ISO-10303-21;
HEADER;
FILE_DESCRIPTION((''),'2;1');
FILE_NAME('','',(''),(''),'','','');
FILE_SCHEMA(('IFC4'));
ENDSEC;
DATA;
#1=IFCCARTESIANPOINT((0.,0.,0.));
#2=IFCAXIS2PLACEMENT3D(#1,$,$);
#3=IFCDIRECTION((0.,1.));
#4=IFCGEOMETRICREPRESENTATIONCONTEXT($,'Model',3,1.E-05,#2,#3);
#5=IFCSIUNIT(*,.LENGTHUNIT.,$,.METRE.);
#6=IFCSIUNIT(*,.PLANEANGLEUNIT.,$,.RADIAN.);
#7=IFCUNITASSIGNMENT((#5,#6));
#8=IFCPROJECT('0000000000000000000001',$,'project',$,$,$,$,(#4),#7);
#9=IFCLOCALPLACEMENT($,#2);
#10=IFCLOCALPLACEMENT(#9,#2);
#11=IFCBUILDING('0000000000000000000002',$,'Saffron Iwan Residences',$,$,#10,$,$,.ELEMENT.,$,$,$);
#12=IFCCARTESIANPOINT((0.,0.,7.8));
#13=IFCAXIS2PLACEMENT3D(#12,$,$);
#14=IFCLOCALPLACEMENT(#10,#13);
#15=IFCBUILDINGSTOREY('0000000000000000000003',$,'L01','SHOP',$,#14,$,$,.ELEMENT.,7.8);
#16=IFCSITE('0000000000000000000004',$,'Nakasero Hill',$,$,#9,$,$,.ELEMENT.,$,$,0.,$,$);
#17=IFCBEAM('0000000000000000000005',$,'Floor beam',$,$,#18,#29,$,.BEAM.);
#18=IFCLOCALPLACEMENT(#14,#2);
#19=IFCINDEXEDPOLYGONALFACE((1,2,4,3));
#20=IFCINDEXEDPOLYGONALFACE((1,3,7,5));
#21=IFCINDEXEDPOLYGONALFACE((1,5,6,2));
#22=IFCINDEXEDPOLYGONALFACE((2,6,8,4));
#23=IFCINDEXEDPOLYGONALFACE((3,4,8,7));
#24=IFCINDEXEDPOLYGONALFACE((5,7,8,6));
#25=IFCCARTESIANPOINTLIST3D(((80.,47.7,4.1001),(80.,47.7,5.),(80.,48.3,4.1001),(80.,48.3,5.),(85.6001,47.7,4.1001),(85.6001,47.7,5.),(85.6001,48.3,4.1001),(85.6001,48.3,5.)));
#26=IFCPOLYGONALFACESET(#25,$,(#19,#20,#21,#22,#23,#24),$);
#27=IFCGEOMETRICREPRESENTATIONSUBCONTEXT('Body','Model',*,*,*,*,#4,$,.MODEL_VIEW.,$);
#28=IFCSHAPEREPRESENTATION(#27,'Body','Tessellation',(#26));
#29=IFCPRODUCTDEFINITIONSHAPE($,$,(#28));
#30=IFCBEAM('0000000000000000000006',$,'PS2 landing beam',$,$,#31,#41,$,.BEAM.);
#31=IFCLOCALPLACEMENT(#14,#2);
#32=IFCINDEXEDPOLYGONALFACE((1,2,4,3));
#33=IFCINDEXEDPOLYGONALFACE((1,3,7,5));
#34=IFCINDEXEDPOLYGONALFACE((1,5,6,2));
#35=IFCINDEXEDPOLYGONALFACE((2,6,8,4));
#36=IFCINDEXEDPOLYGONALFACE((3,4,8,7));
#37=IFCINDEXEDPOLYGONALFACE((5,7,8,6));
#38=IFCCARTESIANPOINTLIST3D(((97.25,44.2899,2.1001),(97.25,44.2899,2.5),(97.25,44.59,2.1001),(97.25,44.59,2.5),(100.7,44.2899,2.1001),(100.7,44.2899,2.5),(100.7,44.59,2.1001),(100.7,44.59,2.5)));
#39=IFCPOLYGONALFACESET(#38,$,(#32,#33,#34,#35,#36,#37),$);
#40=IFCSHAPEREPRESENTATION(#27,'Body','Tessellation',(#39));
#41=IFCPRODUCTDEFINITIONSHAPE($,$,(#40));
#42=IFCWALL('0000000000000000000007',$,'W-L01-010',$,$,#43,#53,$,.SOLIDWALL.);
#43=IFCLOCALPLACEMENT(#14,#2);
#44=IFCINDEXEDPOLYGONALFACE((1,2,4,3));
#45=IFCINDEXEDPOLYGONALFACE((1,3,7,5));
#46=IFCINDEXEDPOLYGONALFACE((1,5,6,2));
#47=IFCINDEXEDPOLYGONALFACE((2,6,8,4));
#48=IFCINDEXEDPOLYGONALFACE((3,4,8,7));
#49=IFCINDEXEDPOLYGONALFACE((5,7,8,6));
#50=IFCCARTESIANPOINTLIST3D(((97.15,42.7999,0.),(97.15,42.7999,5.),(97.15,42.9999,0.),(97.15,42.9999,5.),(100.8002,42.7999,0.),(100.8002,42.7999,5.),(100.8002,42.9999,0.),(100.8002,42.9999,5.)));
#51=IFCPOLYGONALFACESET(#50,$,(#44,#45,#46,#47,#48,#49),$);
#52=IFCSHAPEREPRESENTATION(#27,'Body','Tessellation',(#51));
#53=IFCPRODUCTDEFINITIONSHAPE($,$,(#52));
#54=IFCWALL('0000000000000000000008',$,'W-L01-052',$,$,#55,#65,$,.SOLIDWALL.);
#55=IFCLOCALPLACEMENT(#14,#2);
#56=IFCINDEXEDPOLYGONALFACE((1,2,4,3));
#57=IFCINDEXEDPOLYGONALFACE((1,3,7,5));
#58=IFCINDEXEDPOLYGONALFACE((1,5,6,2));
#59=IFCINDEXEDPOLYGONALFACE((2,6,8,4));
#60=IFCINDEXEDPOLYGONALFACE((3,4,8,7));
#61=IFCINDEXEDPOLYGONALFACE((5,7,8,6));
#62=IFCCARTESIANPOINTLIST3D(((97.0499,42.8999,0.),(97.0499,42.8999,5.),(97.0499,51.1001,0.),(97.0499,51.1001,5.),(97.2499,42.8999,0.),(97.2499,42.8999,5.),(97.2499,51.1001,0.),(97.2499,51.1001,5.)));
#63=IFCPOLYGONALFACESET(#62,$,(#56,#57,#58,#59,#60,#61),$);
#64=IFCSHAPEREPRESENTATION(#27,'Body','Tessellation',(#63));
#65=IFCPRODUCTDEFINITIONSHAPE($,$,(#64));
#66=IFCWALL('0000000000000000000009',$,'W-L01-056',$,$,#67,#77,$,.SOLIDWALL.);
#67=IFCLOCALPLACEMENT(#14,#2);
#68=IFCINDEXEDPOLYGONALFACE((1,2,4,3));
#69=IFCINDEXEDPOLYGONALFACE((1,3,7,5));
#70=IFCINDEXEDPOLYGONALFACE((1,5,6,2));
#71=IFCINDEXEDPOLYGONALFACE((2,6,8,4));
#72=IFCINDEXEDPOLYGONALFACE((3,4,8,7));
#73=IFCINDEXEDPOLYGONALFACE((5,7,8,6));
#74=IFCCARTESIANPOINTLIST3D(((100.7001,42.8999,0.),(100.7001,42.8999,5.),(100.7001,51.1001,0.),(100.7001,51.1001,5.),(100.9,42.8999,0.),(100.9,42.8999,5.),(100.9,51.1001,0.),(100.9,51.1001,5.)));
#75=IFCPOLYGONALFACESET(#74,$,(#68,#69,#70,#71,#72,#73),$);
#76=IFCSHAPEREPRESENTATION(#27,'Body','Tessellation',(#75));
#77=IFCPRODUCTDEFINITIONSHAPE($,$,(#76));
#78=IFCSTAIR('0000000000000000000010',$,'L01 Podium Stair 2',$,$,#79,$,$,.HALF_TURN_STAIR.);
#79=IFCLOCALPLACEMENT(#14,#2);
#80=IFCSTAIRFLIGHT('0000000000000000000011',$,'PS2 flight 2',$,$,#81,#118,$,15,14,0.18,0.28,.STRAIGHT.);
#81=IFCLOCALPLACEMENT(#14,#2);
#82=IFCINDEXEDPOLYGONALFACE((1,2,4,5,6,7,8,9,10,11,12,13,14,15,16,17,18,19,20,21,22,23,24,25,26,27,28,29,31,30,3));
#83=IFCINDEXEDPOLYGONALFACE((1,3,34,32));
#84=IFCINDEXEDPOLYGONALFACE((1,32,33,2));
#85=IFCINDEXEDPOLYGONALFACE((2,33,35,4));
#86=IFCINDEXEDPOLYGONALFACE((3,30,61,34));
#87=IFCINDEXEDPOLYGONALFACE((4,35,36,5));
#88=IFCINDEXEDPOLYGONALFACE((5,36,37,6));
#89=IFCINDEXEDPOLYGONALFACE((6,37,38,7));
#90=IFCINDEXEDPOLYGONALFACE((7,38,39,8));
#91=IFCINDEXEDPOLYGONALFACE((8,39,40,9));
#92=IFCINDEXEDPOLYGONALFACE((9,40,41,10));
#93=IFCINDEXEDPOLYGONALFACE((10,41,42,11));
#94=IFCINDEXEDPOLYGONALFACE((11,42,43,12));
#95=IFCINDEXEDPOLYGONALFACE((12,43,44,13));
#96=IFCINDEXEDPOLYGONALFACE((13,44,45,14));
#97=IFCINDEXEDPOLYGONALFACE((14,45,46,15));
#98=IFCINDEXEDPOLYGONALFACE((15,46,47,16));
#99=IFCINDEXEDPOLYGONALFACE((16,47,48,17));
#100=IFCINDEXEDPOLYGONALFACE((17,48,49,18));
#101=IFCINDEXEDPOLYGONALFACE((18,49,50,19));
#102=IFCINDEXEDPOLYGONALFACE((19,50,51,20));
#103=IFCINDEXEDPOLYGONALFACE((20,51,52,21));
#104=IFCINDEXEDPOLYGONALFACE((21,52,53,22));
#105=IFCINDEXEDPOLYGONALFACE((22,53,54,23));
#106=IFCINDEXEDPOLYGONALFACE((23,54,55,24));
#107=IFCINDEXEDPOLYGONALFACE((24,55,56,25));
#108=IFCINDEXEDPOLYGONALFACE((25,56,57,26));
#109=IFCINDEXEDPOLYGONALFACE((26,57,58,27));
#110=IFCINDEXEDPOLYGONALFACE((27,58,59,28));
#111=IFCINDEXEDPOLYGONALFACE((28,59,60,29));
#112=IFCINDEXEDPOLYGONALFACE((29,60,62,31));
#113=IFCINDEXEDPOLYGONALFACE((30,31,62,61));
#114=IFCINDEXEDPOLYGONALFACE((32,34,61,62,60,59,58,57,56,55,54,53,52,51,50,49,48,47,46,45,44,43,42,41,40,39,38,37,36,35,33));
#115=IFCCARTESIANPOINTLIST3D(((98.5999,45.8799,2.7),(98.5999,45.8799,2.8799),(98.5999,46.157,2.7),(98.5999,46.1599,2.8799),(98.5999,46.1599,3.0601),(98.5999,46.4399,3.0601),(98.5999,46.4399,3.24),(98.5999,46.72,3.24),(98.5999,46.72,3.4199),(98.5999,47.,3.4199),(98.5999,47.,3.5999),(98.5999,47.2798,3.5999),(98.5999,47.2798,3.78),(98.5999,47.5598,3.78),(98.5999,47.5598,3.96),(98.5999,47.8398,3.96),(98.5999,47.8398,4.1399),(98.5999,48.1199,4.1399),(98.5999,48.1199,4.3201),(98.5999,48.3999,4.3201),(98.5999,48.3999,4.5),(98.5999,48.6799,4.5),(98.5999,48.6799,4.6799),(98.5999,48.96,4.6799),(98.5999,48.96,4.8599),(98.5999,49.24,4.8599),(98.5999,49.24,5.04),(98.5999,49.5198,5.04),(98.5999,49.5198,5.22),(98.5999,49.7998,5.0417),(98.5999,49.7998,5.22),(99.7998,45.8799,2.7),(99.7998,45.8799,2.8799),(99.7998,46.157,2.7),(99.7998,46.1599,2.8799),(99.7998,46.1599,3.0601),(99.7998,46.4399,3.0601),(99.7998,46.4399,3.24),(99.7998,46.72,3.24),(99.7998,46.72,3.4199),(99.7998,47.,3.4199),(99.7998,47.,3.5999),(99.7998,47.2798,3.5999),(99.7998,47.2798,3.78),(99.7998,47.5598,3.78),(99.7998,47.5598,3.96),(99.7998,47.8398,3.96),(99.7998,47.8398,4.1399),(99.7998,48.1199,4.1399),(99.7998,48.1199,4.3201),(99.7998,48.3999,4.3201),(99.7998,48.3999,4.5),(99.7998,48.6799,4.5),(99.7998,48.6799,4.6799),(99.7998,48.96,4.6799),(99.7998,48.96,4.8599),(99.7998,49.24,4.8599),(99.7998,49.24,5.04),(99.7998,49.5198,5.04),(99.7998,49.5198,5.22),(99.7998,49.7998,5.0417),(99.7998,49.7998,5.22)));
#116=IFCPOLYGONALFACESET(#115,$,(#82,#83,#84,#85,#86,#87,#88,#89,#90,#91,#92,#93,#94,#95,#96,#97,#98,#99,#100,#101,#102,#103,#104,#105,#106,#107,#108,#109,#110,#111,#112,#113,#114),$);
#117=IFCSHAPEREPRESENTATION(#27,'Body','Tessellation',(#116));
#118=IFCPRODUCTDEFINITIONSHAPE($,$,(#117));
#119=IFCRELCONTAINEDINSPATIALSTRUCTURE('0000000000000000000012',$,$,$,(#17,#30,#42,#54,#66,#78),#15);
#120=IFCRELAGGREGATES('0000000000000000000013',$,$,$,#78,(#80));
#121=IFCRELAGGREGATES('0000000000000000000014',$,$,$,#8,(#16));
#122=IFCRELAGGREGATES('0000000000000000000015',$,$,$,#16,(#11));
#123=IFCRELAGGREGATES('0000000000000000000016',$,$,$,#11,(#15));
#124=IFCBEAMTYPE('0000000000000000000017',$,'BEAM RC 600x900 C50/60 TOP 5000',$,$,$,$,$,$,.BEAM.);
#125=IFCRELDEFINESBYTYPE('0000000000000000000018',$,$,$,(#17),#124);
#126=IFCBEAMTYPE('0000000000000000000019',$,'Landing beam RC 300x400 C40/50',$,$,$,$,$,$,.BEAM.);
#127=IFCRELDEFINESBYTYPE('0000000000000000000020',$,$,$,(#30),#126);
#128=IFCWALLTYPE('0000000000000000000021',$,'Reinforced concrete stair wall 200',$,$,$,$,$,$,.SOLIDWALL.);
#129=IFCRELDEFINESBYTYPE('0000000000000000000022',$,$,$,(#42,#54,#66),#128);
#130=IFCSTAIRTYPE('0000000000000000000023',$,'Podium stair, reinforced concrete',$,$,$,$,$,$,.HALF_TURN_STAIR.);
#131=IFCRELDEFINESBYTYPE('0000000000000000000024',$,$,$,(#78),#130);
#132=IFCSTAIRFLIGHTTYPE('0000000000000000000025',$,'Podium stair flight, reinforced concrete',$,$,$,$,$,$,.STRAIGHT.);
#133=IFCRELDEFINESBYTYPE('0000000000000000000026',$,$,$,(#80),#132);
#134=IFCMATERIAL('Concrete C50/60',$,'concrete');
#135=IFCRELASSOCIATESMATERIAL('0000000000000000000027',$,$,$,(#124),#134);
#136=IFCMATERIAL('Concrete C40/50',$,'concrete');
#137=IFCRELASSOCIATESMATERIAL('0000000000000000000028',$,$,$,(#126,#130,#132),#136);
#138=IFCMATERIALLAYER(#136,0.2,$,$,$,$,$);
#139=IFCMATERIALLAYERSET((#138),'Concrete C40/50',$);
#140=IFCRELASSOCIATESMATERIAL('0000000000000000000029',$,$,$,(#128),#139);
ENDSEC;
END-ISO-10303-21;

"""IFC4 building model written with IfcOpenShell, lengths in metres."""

from ifc_helpers import new_model, si_unit, direction, frame, frame_2d, origin, origin_2d, place, context, subcontext, project, spatial, polyline, rectangle, outline, extrude, source, transform, mapped, material, layer, layer_set, material_profile, profile_set, type_object, element, aggregate, save


model = new_model("IFC4")

# Units and contexts
model_context = context("Model", 3, precision=1e-05, world=origin(), true_north=direction((0.0, 1.0)))
body_context = subcontext(model_context, "Body", "Model", "MODEL_VIEW")
ifc_project = project(units=[si_unit("LENGTHUNIT", "METRE"), si_unit("PLANEANGLEUNIT", "RADIAN")], contexts=[model_context])

# Site, building, storey
site_placement = place(None, origin())
site = spatial("IfcSite", under=ifc_project, at=site_placement, Name="Nakasero Hill", CompositionType="ELEMENT", RefElevation=0.0)
building_placement = place(site_placement, origin())
building = spatial("IfcBuilding", under=site, at=building_placement, Name="Saffron Iwan Residences", CompositionType="ELEMENT")
storey_placement = place(building_placement, frame((0.0, 0.0, 7.8)))
storey = spatial("IfcBuildingStorey", under=building, at=storey_placement, Name="L01", Description="SHOP", CompositionType="ELEMENT", Elevation=7.8)

# Shared definitions
ifc_material_1 = material(Name="Concrete C50/60", Category="concrete")

# Beams
ifc_material_profile_1 = material_profile(ifc_material_1, rectangle(XDim=0.6001, YDim=0.8999, at=origin_2d()), Name="RC 600x900")
ifc_profile_set_1 = profile_set([ifc_material_profile_1], Name="Concrete C50/60")
beam_type_1 = type_object("IfcBeamType", Name="BEAM RC 600x900 C50/60 TOP 5000", PredefinedType="BEAM", material=ifc_profile_set_1)
shared_shape_1 = source(origin(), body_context, "Body", "SweptSolid", [
    extrude(rectangle(XDim=0.6001, YDim=0.8999, at=origin_2d()), origin(), (0.0, 0.0, 1.0), 5.6001),
])
for number, where, z_axis, x_axis, name in (
    (1, (80.0, 48.0, 4.55), (1.0, 0.0, 0.0), (0.0, 1.0, 0.0), "Floor beam"),
):
    element("IfcBeam", number, at=place(storey_placement, frame(where, z_axis=z_axis, x_axis=x_axis)), inside=storey, type_object=beam_type_1, Name=name, PredefinedType="BEAM", context=body_context, shape_type="MappedRepresentation", body=[
        mapped(shared_shape_1, transform((0.0, 0.0, 0.0))),
    ])
ifc_material_2 = material(Name="Concrete C40/50", Category="concrete")
ifc_material_profile_2 = material_profile(ifc_material_2, rectangle(XDim=0.3, YDim=0.3999, at=origin_2d()), Name="Landing beam RC 300x400 C40/50")
ifc_profile_set_2 = profile_set([ifc_material_profile_2], Name="Concrete C40/50")
beam_type_2 = type_object("IfcBeamType", Name="Landing beam RC 300x400 C40/50", PredefinedType="BEAM", material=ifc_profile_set_2)
shared_shape_2 = source(origin(), body_context, "Body", "SweptSolid", [
    extrude(rectangle(XDim=0.3, YDim=0.3999, at=origin_2d()), origin(), (0.0, 0.0, 1.0), 3.45),
])
beam_placement = place(storey_placement, frame((97.25, 44.4399, 2.3), z_axis=(1.0, 0.0, 0.0), x_axis=(0.0, 1.0, 0.0)))
element("IfcBeam", 2, at=beam_placement, inside=storey, type_object=beam_type_2, Name="PS2 landing beam", PredefinedType="BEAM", context=body_context, shape_type="MappedRepresentation", body=[
    mapped(shared_shape_2, transform((0.0, 0.0, 0.0))),
])

# Walls
ifc_layer_1 = layer(ifc_material_2, 0.2)
ifc_layer_set_1 = layer_set([ifc_layer_1], Name="Concrete C40/50")
wall_type = type_object("IfcWallType", Name="Reinforced concrete stair wall 200", PredefinedType="SOLIDWALL", material=ifc_layer_set_1)
wall_placement = place(storey_placement, frame((97.1499, 42.8999, 0.0), z_axis=(0.0, 0.0, 1.0), x_axis=(1.0, 0.0, 0.0)))
element("IfcWall", 3, at=wall_placement, inside=storey, type_object=wall_type, Name="W-L01-010", PredefinedType="SOLIDWALL", context=body_context, shape_type="SweptSolid", body=[
    extrude(rectangle(XDim=3.6501, YDim=0.2, at=frame_2d((1.8252, 0.0))), origin(), (0.0, 0.0, 1.0), 5.0),
])
for number, where, z_axis, x_axis, name in (
    (4, (97.1499, 42.8999, 0.0), (0.0, 0.0, 1.0), (0.0, 1.0, 0.0), "W-L01-052"),
    (5, (100.8, 42.8999, 0.0), (0.0, 0.0, 1.0), (0.0, 1.0, 0.0), "W-L01-056"),
):
    element("IfcWall", number, at=place(storey_placement, frame(where, z_axis=z_axis, x_axis=x_axis)), inside=storey, type_object=wall_type, Name=name, PredefinedType="SOLIDWALL", context=body_context, shape_type="SweptSolid", body=[
        extrude(rectangle(XDim=8.2002, YDim=0.2, at=frame_2d((4.1001, 0.0))), origin(), (0.0, 0.0, 1.0), 5.0),
    ])

# Stair, stair flight
stair_type = type_object("IfcStairType", Name="Podium stair, reinforced concrete", PredefinedType="HALF_TURN_STAIR", material=ifc_material_2)
stair_placement = place(storey_placement, origin())
stair = element("IfcStair", 6, at=stair_placement, inside=storey, type_object=stair_type, Name="L01 Podium Stair 2", PredefinedType="HALF_TURN_STAIR")
stair_flight_type = type_object("IfcStairFlightType", Name="Podium stair flight, reinforced concrete", PredefinedType="STRAIGHT", material=ifc_material_2)
stair_flight_placement = place(storey_placement, frame((99.2, 45.8799, 2.7), z_axis=(0.0, 0.0, 1.0), x_axis=(0.0, 1.0, 0.0)))
stair_flight = element("IfcStairFlight", 7, at=stair_flight_placement, type_object=stair_flight_type, Name="PS2 flight 2", NumberOfRisers=15, NumberOfTreads=14, PredefinedType="STRAIGHT", RiserHeight=0.18, TreadLength=0.28, context=body_context, shape_type="SweptSolid", body=[
    extrude(outline(polyline([(0.0, 0.0), (0.0, 0.1799), (0.28, 0.1799), (0.28, 0.3601), (0.5601, 0.3601), (0.5601, 0.54), (0.8401, 0.54), (0.8401, 0.72), (1.1201, 0.72), (1.1201, 0.8999), (1.3999, 0.8999), (1.3999, 1.0801), (1.6799, 1.0801), (1.6799, 1.26), (1.96, 1.26), (1.96, 1.4399), (2.24, 1.4399), (2.24, 1.6201), (2.52, 1.6201), (2.52, 1.8), (2.8, 1.8), (2.8, 1.98), (3.0801, 1.98), (3.0801, 2.1599), (3.3601, 2.1599), (3.3601, 2.3401), (3.6399, 2.3401), (3.6399, 2.52), (3.9199, 2.52), (3.9199, 2.7), (3.9199, 2.3418), (0.2771, 0.0), (0.0, 0.0)])), frame((0.0, 0.6001, 0.0), z_axis=(0.0, -1.0, 0.0), x_axis=(1.0, 0.0, 0.0)), (0.0, 0.0, 1.0), 1.2),
])
aggregate(stair, [stair_flight])

save(model, "model.ifc")
